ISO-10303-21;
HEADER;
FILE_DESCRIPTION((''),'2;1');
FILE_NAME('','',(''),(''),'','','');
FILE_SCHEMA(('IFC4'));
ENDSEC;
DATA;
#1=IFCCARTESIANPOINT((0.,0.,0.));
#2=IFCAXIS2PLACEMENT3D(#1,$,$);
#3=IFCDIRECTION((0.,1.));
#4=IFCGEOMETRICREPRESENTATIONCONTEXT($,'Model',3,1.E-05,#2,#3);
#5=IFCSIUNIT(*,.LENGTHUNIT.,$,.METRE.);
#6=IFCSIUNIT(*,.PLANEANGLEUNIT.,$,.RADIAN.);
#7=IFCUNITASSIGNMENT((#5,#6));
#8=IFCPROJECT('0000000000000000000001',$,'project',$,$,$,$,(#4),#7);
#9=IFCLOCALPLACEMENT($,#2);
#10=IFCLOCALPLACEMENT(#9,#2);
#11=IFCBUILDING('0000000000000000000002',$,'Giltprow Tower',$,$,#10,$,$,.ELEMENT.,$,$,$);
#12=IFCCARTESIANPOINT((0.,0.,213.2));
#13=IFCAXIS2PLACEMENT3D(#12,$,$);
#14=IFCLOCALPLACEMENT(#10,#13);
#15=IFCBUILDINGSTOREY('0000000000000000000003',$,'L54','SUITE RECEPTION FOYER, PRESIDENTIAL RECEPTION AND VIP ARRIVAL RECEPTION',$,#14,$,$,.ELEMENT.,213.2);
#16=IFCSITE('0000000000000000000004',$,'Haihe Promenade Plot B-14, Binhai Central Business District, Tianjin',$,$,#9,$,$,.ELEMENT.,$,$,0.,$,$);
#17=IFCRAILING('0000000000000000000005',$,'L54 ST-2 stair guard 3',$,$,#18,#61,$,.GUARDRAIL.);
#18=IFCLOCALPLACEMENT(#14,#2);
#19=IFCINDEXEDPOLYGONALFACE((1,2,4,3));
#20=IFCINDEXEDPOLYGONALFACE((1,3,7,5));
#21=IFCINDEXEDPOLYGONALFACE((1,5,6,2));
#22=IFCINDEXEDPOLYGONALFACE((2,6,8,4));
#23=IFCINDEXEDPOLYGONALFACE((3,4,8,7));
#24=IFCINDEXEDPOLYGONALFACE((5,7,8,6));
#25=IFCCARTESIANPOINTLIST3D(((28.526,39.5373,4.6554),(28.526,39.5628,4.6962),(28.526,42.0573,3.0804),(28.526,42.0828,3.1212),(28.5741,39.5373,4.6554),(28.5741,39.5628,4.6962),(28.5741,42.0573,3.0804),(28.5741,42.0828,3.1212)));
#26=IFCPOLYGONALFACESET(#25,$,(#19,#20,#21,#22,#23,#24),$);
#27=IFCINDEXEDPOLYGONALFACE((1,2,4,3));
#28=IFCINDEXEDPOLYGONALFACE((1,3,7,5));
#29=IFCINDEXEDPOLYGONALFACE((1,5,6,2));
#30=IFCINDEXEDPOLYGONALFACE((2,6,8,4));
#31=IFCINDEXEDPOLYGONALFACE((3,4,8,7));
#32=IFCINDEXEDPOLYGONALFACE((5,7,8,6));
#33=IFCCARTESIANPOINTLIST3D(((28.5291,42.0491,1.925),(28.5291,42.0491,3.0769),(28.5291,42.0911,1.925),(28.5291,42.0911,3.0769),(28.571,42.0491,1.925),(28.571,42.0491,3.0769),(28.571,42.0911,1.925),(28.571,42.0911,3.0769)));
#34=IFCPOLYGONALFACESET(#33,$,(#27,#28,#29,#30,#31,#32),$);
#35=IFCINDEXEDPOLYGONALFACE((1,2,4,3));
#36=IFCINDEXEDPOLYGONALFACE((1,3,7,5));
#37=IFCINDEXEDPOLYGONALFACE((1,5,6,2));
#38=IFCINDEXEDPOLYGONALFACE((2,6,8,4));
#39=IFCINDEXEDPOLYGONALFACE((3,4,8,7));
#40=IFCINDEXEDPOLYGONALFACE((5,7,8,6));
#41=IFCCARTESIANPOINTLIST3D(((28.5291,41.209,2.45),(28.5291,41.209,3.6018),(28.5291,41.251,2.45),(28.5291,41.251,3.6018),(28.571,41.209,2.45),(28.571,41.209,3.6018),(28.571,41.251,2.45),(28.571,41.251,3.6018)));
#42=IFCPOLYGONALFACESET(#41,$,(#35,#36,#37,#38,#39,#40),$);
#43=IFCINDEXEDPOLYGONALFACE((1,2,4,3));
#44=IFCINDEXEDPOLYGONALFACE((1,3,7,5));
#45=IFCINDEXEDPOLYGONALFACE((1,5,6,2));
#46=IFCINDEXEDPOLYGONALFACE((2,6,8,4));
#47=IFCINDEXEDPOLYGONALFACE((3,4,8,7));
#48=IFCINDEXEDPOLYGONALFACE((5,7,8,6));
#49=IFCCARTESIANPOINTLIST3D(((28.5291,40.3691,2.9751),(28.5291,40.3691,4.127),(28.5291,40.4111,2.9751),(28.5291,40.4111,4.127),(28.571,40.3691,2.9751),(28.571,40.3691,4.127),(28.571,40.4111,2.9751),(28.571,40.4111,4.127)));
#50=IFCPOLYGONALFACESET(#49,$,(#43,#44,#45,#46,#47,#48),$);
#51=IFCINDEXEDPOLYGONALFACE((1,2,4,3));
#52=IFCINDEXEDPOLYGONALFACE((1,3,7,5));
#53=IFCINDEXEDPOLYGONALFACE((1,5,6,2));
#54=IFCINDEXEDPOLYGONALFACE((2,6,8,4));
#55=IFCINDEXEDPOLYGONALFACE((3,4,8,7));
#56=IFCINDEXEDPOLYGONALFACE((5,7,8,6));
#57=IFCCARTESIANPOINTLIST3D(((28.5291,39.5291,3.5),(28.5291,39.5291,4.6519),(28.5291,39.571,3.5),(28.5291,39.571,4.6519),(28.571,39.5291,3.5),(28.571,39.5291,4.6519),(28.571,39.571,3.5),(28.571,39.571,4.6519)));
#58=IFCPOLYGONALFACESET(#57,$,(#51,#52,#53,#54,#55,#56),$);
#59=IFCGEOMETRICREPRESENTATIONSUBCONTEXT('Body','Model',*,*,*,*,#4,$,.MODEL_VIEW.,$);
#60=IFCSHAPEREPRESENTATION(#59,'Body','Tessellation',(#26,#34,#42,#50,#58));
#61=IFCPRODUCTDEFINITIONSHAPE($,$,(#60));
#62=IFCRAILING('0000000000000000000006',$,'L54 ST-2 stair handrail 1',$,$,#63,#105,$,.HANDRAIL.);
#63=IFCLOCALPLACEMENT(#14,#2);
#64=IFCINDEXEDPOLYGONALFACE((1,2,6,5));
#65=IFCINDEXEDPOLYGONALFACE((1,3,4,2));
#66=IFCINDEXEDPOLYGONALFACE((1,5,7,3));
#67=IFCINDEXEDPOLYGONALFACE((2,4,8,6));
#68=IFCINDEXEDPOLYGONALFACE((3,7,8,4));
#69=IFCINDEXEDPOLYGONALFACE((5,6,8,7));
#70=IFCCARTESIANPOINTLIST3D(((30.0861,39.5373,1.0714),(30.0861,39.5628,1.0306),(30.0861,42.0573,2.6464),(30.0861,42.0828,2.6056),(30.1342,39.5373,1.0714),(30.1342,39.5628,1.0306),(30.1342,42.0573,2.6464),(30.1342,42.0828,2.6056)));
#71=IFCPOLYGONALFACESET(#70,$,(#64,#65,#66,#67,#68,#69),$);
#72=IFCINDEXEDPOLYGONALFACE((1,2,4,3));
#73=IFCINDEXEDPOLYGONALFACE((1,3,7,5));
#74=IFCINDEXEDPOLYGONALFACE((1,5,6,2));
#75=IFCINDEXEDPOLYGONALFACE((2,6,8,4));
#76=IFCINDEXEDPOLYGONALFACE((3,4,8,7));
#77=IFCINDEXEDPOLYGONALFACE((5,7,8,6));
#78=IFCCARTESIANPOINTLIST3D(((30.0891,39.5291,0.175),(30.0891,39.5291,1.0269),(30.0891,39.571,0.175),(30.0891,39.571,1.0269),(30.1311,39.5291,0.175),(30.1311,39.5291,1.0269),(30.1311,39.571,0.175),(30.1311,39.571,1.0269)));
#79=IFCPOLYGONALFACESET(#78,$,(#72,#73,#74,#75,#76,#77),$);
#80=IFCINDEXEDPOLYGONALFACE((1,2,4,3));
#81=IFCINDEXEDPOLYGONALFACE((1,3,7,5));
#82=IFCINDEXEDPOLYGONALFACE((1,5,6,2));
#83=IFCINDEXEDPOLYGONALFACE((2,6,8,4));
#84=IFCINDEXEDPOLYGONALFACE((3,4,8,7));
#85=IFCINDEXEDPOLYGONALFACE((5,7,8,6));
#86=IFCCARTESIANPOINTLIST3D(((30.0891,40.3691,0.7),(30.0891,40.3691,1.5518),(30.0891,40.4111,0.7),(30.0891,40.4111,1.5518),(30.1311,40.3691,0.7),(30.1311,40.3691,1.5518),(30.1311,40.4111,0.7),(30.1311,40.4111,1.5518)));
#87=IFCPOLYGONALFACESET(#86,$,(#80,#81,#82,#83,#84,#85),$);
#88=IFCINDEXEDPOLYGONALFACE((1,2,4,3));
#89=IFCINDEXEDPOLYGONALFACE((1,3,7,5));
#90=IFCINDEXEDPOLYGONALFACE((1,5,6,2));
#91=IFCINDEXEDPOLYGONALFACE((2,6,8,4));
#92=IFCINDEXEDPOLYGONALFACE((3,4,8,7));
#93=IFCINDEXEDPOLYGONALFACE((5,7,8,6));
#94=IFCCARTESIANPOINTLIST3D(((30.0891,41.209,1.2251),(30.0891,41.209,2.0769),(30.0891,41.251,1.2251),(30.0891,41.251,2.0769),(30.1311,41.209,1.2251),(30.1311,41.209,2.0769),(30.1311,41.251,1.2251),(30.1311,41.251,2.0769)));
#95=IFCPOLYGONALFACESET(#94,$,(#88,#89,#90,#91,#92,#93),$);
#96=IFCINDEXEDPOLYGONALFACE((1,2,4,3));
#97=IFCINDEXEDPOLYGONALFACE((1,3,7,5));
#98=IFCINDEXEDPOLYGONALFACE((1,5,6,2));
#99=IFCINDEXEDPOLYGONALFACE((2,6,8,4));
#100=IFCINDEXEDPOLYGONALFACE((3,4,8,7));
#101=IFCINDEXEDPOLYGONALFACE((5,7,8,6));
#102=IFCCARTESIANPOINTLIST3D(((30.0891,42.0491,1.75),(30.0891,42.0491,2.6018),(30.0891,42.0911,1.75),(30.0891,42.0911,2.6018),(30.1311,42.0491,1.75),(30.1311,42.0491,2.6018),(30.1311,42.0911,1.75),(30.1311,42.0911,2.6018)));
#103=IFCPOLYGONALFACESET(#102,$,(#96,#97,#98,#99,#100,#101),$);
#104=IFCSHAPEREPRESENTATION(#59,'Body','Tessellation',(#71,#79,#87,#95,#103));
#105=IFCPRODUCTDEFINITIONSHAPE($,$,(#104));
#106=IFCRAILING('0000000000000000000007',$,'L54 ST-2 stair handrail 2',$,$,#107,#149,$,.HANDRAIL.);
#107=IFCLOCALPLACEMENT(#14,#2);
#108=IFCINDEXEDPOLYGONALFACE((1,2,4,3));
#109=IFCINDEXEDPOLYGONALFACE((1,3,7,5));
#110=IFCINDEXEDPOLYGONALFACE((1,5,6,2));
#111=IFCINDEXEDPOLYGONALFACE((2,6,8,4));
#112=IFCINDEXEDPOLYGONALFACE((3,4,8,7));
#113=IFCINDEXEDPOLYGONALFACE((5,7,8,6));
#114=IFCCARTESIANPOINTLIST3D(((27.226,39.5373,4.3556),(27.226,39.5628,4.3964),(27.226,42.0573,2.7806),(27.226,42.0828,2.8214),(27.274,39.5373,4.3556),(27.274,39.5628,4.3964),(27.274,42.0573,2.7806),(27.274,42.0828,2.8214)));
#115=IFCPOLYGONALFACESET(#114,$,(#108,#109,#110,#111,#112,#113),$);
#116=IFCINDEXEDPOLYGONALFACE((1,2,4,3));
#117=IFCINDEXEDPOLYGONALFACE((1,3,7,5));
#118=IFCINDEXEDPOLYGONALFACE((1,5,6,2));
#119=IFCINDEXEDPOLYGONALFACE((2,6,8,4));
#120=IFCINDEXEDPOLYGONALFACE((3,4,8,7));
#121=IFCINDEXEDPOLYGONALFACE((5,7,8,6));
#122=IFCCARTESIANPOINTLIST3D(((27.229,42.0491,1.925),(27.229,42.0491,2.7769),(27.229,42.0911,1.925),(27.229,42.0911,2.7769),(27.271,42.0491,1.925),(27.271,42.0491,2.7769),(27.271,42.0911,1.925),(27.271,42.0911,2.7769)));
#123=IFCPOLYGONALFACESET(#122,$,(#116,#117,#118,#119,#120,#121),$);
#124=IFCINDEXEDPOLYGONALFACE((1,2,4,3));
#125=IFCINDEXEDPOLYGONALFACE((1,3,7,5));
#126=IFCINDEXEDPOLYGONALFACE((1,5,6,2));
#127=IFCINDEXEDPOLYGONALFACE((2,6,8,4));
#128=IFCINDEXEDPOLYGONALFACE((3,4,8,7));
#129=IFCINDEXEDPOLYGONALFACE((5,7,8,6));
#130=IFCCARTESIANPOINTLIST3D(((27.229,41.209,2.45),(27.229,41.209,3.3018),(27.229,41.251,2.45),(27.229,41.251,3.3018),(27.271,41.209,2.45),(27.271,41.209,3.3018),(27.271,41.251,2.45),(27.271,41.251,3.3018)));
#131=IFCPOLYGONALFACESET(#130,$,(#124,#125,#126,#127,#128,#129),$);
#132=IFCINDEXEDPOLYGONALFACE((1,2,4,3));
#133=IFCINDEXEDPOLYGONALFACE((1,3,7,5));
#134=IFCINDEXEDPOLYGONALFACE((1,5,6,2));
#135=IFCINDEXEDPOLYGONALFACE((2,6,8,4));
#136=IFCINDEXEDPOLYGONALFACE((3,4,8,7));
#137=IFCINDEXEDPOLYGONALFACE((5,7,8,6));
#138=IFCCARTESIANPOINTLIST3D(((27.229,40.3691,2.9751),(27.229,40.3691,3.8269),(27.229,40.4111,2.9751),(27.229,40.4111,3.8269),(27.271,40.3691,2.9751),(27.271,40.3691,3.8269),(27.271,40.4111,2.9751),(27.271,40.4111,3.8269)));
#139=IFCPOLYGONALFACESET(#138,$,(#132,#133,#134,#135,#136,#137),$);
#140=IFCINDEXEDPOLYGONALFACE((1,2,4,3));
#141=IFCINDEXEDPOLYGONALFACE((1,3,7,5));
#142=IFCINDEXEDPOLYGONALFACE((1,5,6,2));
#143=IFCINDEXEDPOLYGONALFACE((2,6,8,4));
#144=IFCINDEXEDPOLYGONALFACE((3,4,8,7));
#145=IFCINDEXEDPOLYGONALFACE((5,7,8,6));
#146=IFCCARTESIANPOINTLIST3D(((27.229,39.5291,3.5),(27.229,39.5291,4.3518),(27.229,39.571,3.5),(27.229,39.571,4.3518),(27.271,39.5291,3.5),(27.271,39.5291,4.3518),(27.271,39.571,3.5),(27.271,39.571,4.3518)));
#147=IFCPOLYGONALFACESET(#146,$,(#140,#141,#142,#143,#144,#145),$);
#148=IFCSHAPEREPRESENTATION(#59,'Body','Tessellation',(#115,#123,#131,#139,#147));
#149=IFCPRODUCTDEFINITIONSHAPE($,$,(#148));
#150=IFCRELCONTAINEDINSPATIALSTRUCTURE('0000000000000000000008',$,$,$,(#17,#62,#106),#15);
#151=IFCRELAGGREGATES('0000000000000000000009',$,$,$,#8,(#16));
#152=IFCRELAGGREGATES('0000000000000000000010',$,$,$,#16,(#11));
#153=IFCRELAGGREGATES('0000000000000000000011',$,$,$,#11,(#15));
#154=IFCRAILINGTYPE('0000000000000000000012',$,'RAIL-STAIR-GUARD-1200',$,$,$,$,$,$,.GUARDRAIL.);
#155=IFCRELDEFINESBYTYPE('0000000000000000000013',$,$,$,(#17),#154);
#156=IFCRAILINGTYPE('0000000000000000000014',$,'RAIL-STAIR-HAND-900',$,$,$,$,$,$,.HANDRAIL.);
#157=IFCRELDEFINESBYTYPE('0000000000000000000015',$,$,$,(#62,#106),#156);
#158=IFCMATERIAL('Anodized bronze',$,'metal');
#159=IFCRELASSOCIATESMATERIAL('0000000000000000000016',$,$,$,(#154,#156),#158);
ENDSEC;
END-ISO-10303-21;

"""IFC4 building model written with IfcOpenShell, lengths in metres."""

from ifc_helpers import new_model, si_unit, direction, frame, origin, origin_2d, place, context, subcontext, project, spatial, rectangle, extrude, material, type_object, element, save


model = new_model("IFC4")

# Units and contexts
model_context = context("Model", 3, precision=1e-05, world=origin(), true_north=direction((0.0, 1.0)))
body_context = subcontext(model_context, "Body", "Model", "MODEL_VIEW")
ifc_project = project(units=[si_unit("LENGTHUNIT", "METRE"), si_unit("PLANEANGLEUNIT", "RADIAN")], contexts=[model_context])

# Site, building, storey
site_placement = place(None, origin())
site = spatial("IfcSite", under=ifc_project, at=site_placement, Name="Haihe Promenade Plot B-14, Binhai Central Business District, Tianjin", CompositionType="ELEMENT", RefElevation=0.0)
building_placement = place(site_placement, origin())
building = spatial("IfcBuilding", under=site, at=building_placement, Name="Giltprow Tower", CompositionType="ELEMENT")
storey_placement = place(building_placement, frame((0.0, 0.0, 213.2)))
storey = spatial("IfcBuildingStorey", under=building, at=storey_placement, Name="L54", Description="SUITE RECEPTION FOYER, PRESIDENTIAL RECEPTION AND VIP ARRIVAL RECEPTION", CompositionType="ELEMENT", Elevation=213.2)

# Railings
ifc_material_1 = material(Name="Anodized bronze", Category="metal")
railing_type_1 = type_object("IfcRailingType", Name="RAIL-STAIR-GUARD-1200", PredefinedType="GUARDRAIL", material=ifc_material_1)
railing_1_placement = place(storey_placement, frame((28.55, 42.0701, 1.925)))
element("IfcRailing", 1, at=railing_1_placement, inside=storey, type_object=railing_type_1, Name="L54 ST-2 stair guard 3", PredefinedType="GUARDRAIL", context=body_context, shape_type="SweptSolid", body=[
    extrude(rectangle(XDim=0.0481, YDim=0.0481, at=origin_2d()), frame((0.0, 0.0, 1.1758), z_axis=(0.0, -0.848008, 0.529984), x_axis=(1.0, 0.0, 0.0)), (0.0, 0.0, 1.0), 2.9717),
    extrude(rectangle(XDim=0.042, YDim=0.042, at=origin_2d()), origin(), (0.0, 0.0, 1.0), 1.1519),
    extrude(rectangle(XDim=0.042, YDim=0.042, at=origin_2d()), frame((0.0, -0.8401, 0.5249)), (0.0, 0.0, 1.0), 1.1519),
    extrude(rectangle(XDim=0.042, YDim=0.042, at=origin_2d()), frame((0.0, -1.6799, 1.05)), (0.0, 0.0, 1.0), 1.1519),
    extrude(rectangle(XDim=0.042, YDim=0.042, at=origin_2d()), frame((0.0, -2.52, 1.575)), (0.0, 0.0, 1.0), 1.1519),
])
railing_type_2 = type_object("IfcRailingType", Name="RAIL-STAIR-HAND-900", PredefinedType="HANDRAIL", material=ifc_material_1)
railing_2_placement = place(storey_placement, frame((30.1101, 39.55, 0.175)))
element("IfcRailing", 2, at=railing_2_placement, inside=storey, type_object=railing_type_2, Name="L54 ST-2 stair handrail 1", PredefinedType="HANDRAIL", context=body_context, shape_type="SweptSolid", body=[
    extrude(rectangle(XDim=0.0481, YDim=0.0481, at=origin_2d()), frame((0.0, 0.0, 0.876), z_axis=(0.0, 0.848008, 0.529984), x_axis=(-1.0, 0.0, 0.0)), (0.0, 0.0, 1.0), 2.9717),
    extrude(rectangle(XDim=0.042, YDim=0.042, at=origin_2d()), origin(), (0.0, 0.0, 1.0), 0.8518),
    extrude(rectangle(XDim=0.042, YDim=0.042, at=origin_2d()), frame((0.0, 0.8401, 0.5249)), (0.0, 0.0, 1.0), 0.8518),
    extrude(rectangle(XDim=0.042, YDim=0.042, at=origin_2d()), frame((0.0, 1.6799, 1.05)), (0.0, 0.0, 1.0), 0.8518),
    extrude(rectangle(XDim=0.042, YDim=0.042, at=origin_2d()), frame((0.0, 2.52, 1.575)), (0.0, 0.0, 1.0), 0.8518),
])
railing_3_placement = place(storey_placement, frame((27.25, 42.0701, 1.925)))
element("IfcRailing", 3, at=railing_3_placement, inside=storey, type_object=railing_type_2, Name="L54 ST-2 stair handrail 2", PredefinedType="HANDRAIL", context=body_context, shape_type="SweptSolid", body=[
    extrude(rectangle(XDim=0.0481, YDim=0.0481, at=origin_2d()), frame((0.0, 0.0, 0.876), z_axis=(0.0, -0.848008, 0.529984), x_axis=(1.0, 0.0, 0.0)), (0.0, 0.0, 1.0), 2.9717),
    extrude(rectangle(XDim=0.042, YDim=0.042, at=origin_2d()), origin(), (0.0, 0.0, 1.0), 0.8518),
    extrude(rectangle(XDim=0.042, YDim=0.042, at=origin_2d()), frame((0.0, -0.8401, 0.5249)), (0.0, 0.0, 1.0), 0.8518),
    extrude(rectangle(XDim=0.042, YDim=0.042, at=origin_2d()), frame((0.0, -1.6799, 1.05)), (0.0, 0.0, 1.0), 0.8518),
    extrude(rectangle(XDim=0.042, YDim=0.042, at=origin_2d()), frame((0.0, -2.52, 1.575)), (0.0, 0.0, 1.0), 0.8518),
])

save(model, "model.ifc")
